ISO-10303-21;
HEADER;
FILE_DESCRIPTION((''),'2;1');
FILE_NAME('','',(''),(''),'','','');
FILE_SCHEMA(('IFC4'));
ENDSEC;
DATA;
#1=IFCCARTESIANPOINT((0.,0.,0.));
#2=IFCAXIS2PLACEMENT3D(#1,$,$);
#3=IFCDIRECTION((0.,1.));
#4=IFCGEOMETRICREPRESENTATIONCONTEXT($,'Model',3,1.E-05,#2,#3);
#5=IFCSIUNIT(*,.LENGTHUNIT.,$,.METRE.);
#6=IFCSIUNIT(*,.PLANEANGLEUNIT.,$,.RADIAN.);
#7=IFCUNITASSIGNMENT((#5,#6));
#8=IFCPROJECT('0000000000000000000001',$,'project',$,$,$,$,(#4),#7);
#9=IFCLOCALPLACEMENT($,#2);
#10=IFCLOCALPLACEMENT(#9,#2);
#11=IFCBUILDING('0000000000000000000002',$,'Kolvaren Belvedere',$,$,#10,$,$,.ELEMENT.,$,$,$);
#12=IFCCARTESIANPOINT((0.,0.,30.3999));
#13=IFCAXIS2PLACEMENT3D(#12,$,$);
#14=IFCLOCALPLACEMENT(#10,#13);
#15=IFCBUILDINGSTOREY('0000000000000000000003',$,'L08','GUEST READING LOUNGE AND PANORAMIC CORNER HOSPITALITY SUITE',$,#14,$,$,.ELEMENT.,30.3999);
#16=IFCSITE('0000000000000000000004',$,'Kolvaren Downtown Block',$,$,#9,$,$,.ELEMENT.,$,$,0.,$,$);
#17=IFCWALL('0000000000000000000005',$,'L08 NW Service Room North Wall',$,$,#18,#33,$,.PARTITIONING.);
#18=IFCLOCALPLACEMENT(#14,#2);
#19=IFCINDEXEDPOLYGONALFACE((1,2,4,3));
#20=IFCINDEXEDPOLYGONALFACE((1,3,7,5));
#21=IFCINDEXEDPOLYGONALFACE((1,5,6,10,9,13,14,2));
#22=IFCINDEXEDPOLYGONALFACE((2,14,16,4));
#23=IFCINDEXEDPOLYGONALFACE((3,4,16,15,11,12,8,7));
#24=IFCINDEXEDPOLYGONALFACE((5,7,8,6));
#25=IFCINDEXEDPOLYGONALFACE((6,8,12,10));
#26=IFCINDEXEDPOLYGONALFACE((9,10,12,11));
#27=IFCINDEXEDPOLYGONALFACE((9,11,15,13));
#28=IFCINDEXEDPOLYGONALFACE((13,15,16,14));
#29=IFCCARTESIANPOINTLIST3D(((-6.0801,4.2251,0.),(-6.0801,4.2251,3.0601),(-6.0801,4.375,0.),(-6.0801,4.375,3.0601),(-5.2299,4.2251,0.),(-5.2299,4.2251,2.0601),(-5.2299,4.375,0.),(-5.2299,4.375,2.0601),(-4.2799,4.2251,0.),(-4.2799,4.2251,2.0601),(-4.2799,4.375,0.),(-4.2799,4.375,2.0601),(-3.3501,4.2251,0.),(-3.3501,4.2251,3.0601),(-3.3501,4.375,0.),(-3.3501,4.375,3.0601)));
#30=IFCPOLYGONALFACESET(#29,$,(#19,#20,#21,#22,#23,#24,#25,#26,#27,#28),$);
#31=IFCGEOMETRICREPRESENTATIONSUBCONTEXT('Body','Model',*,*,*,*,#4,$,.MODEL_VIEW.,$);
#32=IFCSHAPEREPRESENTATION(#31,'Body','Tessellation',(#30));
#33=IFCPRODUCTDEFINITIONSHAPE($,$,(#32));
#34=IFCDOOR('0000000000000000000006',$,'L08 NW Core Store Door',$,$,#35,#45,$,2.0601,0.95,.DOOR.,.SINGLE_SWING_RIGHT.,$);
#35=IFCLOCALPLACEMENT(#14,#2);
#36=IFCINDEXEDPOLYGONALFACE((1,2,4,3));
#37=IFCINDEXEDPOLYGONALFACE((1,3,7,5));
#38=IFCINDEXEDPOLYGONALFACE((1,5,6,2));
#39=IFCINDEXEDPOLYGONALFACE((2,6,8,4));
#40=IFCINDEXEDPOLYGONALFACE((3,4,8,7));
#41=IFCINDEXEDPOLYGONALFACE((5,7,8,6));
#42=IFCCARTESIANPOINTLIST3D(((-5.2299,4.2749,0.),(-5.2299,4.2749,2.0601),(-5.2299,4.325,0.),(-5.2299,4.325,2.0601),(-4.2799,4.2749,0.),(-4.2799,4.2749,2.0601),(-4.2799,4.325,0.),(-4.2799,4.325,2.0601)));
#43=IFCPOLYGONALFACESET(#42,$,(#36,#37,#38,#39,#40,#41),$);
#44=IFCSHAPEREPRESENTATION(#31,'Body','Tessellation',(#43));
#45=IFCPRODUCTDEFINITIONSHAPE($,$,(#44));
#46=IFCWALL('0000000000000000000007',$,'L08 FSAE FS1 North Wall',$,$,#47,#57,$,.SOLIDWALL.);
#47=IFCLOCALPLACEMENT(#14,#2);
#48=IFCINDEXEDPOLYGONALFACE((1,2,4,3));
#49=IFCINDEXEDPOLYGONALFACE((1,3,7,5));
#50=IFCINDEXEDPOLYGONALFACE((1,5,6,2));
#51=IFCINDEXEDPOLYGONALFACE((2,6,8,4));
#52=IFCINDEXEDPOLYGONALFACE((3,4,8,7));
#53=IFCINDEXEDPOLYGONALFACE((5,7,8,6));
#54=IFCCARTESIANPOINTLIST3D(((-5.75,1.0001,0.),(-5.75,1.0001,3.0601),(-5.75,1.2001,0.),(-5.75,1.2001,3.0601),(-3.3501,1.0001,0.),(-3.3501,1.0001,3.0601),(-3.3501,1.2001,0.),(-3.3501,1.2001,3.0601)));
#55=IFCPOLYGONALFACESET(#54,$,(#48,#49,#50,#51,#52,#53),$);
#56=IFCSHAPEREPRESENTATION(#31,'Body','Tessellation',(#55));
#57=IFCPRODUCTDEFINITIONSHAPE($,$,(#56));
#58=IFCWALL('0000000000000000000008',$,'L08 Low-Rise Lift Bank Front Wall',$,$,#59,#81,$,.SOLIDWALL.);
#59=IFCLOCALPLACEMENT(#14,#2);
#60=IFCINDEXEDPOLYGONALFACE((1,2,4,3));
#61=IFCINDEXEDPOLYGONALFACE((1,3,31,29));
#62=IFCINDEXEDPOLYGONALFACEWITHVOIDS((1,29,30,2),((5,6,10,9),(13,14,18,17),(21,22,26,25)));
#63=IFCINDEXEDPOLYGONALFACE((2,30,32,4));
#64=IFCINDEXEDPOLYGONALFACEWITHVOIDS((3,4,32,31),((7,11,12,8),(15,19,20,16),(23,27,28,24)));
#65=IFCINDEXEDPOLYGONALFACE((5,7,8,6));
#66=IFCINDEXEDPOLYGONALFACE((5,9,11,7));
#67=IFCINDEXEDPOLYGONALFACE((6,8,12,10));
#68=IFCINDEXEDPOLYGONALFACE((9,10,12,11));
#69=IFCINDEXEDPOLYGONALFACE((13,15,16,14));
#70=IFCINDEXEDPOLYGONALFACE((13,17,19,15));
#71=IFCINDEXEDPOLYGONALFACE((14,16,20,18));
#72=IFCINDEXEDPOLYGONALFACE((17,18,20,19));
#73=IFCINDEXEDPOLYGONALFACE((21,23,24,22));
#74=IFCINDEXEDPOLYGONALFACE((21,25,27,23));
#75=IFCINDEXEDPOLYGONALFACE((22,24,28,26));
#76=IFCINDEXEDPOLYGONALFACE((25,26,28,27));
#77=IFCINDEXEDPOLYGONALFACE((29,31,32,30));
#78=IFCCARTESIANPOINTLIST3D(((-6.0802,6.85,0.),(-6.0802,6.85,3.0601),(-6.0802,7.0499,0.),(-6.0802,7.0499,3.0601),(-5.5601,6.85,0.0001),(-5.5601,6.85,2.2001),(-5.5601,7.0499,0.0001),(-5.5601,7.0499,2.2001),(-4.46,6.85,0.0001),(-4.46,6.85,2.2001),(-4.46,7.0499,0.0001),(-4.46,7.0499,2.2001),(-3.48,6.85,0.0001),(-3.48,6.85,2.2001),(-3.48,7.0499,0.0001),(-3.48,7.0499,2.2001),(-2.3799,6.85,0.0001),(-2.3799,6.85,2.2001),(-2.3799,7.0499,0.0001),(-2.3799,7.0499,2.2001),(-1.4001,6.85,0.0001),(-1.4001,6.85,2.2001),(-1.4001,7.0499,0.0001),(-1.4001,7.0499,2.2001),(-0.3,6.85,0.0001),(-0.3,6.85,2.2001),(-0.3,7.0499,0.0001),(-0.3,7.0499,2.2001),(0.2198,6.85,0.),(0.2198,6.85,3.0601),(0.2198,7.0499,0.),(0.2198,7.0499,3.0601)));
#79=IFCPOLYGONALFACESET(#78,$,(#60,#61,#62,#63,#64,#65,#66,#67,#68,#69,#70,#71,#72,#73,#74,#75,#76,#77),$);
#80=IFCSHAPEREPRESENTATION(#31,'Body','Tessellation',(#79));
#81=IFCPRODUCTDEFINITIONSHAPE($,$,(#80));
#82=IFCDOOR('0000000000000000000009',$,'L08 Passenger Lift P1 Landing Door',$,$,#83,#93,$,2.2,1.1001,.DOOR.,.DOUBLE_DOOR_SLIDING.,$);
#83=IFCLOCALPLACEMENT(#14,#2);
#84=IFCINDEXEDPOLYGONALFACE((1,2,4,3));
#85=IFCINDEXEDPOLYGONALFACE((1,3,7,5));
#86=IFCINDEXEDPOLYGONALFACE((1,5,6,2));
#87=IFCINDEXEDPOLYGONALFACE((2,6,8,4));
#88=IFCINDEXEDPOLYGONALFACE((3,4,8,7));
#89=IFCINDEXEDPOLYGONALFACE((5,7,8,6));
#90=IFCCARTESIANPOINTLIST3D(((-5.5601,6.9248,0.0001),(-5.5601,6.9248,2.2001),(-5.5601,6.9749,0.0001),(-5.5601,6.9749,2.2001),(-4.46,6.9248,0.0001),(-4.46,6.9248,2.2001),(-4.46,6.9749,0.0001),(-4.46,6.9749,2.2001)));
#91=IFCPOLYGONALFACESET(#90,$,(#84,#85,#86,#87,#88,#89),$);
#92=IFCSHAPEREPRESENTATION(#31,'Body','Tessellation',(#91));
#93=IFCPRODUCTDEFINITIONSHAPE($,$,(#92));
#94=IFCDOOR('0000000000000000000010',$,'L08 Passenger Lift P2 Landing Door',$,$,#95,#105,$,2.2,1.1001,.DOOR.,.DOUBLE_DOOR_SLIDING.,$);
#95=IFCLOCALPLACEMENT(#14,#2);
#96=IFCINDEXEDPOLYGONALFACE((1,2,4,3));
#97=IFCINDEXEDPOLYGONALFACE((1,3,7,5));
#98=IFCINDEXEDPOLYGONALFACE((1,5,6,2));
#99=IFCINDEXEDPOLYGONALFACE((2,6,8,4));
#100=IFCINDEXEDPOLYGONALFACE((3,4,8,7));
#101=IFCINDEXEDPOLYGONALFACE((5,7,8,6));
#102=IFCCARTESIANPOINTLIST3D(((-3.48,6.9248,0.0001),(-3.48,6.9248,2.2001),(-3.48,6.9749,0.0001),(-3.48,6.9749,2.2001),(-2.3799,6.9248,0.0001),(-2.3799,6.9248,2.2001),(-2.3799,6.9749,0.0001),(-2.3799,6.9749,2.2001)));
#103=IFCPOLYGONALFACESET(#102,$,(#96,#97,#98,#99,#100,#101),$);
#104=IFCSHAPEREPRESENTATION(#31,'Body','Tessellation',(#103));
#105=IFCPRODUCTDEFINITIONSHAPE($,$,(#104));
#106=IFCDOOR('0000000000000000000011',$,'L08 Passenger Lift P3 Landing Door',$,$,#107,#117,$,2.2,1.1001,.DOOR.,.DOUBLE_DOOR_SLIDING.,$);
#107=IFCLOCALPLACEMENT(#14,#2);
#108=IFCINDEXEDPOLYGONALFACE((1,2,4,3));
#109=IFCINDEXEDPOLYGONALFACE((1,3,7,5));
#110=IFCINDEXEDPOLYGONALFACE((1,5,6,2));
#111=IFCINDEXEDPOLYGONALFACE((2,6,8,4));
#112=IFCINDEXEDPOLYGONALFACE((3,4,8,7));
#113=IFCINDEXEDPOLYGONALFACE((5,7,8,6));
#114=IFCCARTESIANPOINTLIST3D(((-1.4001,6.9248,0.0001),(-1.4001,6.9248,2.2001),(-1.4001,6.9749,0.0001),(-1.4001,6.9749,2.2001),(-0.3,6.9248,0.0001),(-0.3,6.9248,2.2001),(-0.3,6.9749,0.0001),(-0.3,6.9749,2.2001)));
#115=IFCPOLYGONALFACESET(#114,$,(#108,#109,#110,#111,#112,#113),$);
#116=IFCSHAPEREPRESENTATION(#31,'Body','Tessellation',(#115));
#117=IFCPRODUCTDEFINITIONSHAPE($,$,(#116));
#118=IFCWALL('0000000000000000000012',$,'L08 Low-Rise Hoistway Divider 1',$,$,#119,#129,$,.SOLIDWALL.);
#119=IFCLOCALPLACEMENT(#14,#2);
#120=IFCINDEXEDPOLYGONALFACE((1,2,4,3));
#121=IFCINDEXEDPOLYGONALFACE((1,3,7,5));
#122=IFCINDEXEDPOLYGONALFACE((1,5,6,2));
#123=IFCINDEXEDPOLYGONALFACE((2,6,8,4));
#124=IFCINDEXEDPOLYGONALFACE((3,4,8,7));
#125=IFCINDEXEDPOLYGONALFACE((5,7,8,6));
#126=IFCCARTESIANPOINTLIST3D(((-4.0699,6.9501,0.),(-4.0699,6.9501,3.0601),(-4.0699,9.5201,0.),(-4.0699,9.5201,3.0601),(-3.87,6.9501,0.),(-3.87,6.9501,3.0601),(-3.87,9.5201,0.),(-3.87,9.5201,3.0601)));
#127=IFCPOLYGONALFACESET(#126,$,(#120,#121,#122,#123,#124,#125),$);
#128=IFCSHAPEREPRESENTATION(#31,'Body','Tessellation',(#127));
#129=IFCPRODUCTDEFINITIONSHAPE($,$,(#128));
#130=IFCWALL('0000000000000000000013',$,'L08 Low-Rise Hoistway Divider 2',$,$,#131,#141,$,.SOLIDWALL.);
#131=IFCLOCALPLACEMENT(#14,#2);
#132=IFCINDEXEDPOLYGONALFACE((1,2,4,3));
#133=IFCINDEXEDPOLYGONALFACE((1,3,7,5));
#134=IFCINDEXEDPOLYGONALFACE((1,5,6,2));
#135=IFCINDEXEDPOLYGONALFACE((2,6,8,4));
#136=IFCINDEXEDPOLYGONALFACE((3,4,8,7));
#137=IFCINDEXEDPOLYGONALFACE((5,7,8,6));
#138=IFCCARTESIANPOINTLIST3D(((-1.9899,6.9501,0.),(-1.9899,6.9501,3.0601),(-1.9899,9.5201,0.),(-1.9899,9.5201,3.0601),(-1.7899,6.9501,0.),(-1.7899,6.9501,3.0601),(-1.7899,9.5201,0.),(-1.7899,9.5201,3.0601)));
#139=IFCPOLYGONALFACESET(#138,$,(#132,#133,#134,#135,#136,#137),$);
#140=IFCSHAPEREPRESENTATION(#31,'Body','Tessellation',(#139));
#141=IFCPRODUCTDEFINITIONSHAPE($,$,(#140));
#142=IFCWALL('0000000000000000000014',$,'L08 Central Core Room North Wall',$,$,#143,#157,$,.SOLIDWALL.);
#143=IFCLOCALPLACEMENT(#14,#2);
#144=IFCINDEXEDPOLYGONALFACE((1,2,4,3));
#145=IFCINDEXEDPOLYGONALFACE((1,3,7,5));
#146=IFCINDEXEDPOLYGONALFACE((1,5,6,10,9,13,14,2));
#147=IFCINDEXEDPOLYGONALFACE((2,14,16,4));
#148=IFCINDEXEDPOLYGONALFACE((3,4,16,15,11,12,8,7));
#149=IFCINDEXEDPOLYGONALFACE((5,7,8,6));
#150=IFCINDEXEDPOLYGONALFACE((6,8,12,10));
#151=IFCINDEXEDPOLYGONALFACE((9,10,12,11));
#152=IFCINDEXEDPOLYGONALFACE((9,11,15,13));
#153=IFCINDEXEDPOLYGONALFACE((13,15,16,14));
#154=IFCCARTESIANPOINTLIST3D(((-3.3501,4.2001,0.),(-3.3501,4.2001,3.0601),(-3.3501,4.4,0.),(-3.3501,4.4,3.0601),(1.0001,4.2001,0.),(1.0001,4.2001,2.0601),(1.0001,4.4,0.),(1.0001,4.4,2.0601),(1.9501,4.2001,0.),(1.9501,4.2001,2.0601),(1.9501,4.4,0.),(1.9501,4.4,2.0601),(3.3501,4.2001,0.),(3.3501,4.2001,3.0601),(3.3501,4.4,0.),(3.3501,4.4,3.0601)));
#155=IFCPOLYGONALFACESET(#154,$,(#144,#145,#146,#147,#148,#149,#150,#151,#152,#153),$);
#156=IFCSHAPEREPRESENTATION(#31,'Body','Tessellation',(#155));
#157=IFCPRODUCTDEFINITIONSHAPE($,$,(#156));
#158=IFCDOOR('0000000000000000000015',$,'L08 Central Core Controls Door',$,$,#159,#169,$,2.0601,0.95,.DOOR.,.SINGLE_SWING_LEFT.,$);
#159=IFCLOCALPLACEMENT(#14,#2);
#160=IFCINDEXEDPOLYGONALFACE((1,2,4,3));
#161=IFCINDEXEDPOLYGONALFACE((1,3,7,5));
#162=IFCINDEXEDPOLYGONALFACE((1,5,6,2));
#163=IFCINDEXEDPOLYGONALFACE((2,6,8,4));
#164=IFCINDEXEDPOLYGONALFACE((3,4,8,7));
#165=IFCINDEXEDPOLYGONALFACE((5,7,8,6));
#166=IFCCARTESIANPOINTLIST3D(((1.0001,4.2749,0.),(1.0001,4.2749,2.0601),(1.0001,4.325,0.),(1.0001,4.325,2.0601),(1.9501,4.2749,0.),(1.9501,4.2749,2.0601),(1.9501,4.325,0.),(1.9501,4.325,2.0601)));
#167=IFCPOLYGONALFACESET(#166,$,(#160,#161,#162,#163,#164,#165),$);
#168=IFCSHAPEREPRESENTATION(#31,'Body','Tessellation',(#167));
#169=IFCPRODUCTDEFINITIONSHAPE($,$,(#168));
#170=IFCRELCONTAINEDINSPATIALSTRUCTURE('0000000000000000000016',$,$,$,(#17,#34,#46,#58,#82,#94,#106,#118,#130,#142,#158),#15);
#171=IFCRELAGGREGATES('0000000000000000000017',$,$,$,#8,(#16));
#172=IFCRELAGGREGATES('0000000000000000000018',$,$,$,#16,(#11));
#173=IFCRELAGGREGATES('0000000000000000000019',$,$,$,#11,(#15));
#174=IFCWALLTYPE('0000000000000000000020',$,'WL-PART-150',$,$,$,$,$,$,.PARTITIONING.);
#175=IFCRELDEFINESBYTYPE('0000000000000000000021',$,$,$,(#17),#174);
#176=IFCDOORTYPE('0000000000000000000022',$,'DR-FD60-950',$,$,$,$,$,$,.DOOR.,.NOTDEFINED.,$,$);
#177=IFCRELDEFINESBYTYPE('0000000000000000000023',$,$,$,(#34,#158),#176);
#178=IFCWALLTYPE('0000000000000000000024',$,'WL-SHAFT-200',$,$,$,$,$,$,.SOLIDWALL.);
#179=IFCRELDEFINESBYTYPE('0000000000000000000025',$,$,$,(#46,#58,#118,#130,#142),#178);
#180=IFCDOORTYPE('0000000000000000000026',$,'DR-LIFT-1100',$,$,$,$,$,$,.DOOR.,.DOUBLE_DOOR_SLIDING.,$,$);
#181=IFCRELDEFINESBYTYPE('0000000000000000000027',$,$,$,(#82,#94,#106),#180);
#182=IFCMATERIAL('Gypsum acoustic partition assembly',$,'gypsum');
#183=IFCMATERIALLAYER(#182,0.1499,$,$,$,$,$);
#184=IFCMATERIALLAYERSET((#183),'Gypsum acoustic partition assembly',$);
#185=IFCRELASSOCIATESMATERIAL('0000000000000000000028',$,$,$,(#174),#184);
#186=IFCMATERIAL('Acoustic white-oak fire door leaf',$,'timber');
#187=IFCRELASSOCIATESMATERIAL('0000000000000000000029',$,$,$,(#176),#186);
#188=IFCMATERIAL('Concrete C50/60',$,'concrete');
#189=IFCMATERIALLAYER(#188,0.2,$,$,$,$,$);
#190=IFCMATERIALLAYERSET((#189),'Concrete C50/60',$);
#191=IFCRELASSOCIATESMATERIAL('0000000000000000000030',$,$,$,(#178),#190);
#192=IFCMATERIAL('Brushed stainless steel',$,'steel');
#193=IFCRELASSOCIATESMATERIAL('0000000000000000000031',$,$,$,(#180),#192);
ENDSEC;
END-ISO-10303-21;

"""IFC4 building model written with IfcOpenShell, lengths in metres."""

from ifc_helpers import new_model, si_unit, direction, frame, frame_2d, origin, place, context, subcontext, project, spatial, rectangle, extrude, material, layer, layer_set, type_object, element, fill, save


model = new_model("IFC4")

# Units and contexts
model_context = context("Model", 3, precision=1e-05, world=origin(), true_north=direction((0.0, 1.0)))
body_context = subcontext(model_context, "Body", "Model", "MODEL_VIEW")
ifc_project = project(units=[si_unit("LENGTHUNIT", "METRE"), si_unit("PLANEANGLEUNIT", "RADIAN")], contexts=[model_context])

# Site, building, storey
site_placement = place(None, origin())
site = spatial("IfcSite", under=ifc_project, at=site_placement, Name="Kolvaren Downtown Block", CompositionType="ELEMENT", RefElevation=0.0)
building_placement = place(site_placement, origin())
building = spatial("IfcBuilding", under=site, at=building_placement, Name="Kolvaren Belvedere", CompositionType="ELEMENT")
storey_placement = place(building_placement, frame((0.0, 0.0, 30.3999)))
storey = spatial("IfcBuildingStorey", under=building, at=storey_placement, Name="L08", Description="GUEST READING LOUNGE AND PANORAMIC CORNER HOSPITALITY SUITE", CompositionType="ELEMENT", Elevation=30.3999)

# Wall, opening, door
ifc_material_1 = material(Name="Gypsum acoustic partition assembly", Category="gypsum")
ifc_layer_1 = layer(ifc_material_1, 0.1499)
ifc_layer_set_1 = layer_set([ifc_layer_1], Name="Gypsum acoustic partition assembly")
wall_type_1 = type_object("IfcWallType", Name="WL-PART-150", PredefinedType="PARTITIONING", material=ifc_layer_set_1)
wall_1_placement = place(storey_placement, frame((-6.0801, 4.3, 0.0), z_axis=(0.0, 0.0, 1.0), x_axis=(1.0, 0.0, 0.0)))
wall_1 = element("IfcWall", 1, at=wall_1_placement, inside=storey, type_object=wall_type_1, Name="L08 NW Service Room North Wall", PredefinedType="PARTITIONING", context=body_context, shape_type="SweptSolid", body=[
    extrude(rectangle(XDim=2.73, YDim=0.1499, at=frame_2d((1.365, 0.0))), origin(), (0.0, 0.0, 1.0), 3.0601),
])
opening_1_placement = place(wall_1_placement, frame((0.8501, 0.0, 0.0)))
opening_1 = element("IfcOpeningElement", 2, at=opening_1_placement, cuts=wall_1, PredefinedType="OPENING", context=body_context, shape_type="SweptSolid", body=[
    extrude(rectangle(XDim=0.95, YDim=2.0601, at=frame_2d((0.4751, 1.03))), frame((0.0, 0.085, 0.0), z_axis=(0.0, -1.0, 0.0), x_axis=(1.0, 0.0, 0.0)), (0.0, 0.0, 1.0), 0.1699),
])
ifc_material_2 = material(Name="Acoustic white-oak fire door leaf", Category="timber")
door_type_1 = type_object("IfcDoorType", Name="DR-FD60-950", OperationType="NOTDEFINED", PredefinedType="DOOR", material=ifc_material_2)
door_1_placement = place(opening_1_placement, origin())
door_1 = element("IfcDoor", 3, at=door_1_placement, inside=storey, type_object=door_type_1, Name="L08 NW Core Store Door", OperationType="SINGLE_SWING_RIGHT", OverallHeight=2.0601, OverallWidth=0.95, PredefinedType="DOOR", context=body_context, shape_type="SweptSolid", body=[
    extrude(rectangle(XDim=0.95, YDim=2.0601, at=frame_2d((0.4751, 1.03))), frame((0.0, 0.0249, 0.0), z_axis=(0.0, -1.0, 0.0), x_axis=(1.0, 0.0, 0.0)), (0.0, 0.0, 1.0), 0.05),
])
fill(opening_1, door_1)

# Wall
ifc_material_3 = material(Name="Concrete C50/60", Category="concrete")
ifc_layer_2 = layer(ifc_material_3, 0.2)
ifc_layer_set_2 = layer_set([ifc_layer_2], Name="Concrete C50/60")
wall_type_2 = type_object("IfcWallType", Name="WL-SHAFT-200", PredefinedType="SOLIDWALL", material=ifc_layer_set_2)
wall_2_placement = place(storey_placement, frame((-5.75, 1.1001, 0.0), z_axis=(0.0, 0.0, 1.0), x_axis=(1.0, 0.0, 0.0)))
element("IfcWall", 4, at=wall_2_placement, inside=storey, type_object=wall_type_2, Name="L08 FSAE FS1 North Wall", PredefinedType="SOLIDWALL", context=body_context, shape_type="SweptSolid", body=[
    extrude(rectangle(XDim=2.3999, YDim=0.2, at=frame_2d((1.2, 0.0))), origin(), (0.0, 0.0, 1.0), 3.0601),
])

# Wall, openings, doors
wall_3_placement = place(storey_placement, frame((-6.0801, 6.95, 0.0), z_axis=(0.0, 0.0, 1.0), x_axis=(1.0, 0.0, 0.0)))
wall_3 = element("IfcWall", 5, at=wall_3_placement, inside=storey, type_object=wall_type_2, Name="L08 Low-Rise Lift Bank Front Wall", PredefinedType="SOLIDWALL", context=body_context, shape_type="SweptSolid", body=[
    extrude(rectangle(XDim=6.3, YDim=0.2, at=frame_2d((3.1499, 0.0))), origin(), (0.0, 0.0, 1.0), 3.0601),
])
opening_2_placement = place(wall_3_placement, frame((0.52, 0.0, 0.0)))
opening_2 = element("IfcOpeningElement", 6, at=opening_2_placement, cuts=wall_3, PredefinedType="OPENING", context=body_context, shape_type="SweptSolid", body=[
    extrude(rectangle(XDim=1.1001, YDim=2.2, at=frame_2d((0.55, 1.1001))), frame((0.0, 0.1099, 0.0), z_axis=(0.0, -1.0, 0.0), x_axis=(1.0, 0.0, 0.0)), (0.0, 0.0, 1.0), 0.22),
])
opening_3_placement = place(wall_3_placement, frame((2.6001, 0.0, 0.0)))
opening_3 = element("IfcOpeningElement", 7, at=opening_3_placement, cuts=wall_3, PredefinedType="OPENING", context=body_context, shape_type="SweptSolid", body=[
    extrude(rectangle(XDim=1.1001, YDim=2.2, at=frame_2d((0.55, 1.1001))), frame((0.0, 0.1099, 0.0), z_axis=(0.0, -1.0, 0.0), x_axis=(1.0, 0.0, 0.0)), (0.0, 0.0, 1.0), 0.22),
])
opening_4_placement = place(wall_3_placement, frame((4.6799, 0.0, 0.0)))
opening_4 = element("IfcOpeningElement", 8, at=opening_4_placement, cuts=wall_3, PredefinedType="OPENING", context=body_context, shape_type="SweptSolid", body=[
    extrude(rectangle(XDim=1.1001, YDim=2.2, at=frame_2d((0.55, 1.1001))), frame((0.0, 0.1099, 0.0), z_axis=(0.0, -1.0, 0.0), x_axis=(1.0, 0.0, 0.0)), (0.0, 0.0, 1.0), 0.22),
])
ifc_material_4 = material(Name="Brushed stainless steel", Category="steel")
door_type_2 = type_object("IfcDoorType", Name="DR-LIFT-1100", OperationType="DOUBLE_DOOR_SLIDING", PredefinedType="DOOR", material=ifc_material_4)
door_2_placement = place(opening_2_placement, origin())
door_2 = element("IfcDoor", 9, at=door_2_placement, inside=storey, type_object=door_type_2, Name="L08 Passenger Lift P1 Landing Door", OperationType="DOUBLE_DOOR_SLIDING", OverallHeight=2.2, OverallWidth=1.1001, PredefinedType="DOOR", context=body_context, shape_type="SweptSolid", body=[
    extrude(rectangle(XDim=1.1001, YDim=2.2, at=frame_2d((0.55, 1.1001))), frame((0.0, 0.0249, 0.0), z_axis=(0.0, -1.0, 0.0), x_axis=(1.0, 0.0, 0.0)), (0.0, 0.0, 1.0), 0.05),
])
fill(opening_2, door_2)
door_3_placement = place(opening_3_placement, origin())
door_3 = element("IfcDoor", 10, at=door_3_placement, inside=storey, type_object=door_type_2, Name="L08 Passenger Lift P2 Landing Door", OperationType="DOUBLE_DOOR_SLIDING", OverallHeight=2.2, OverallWidth=1.1001, PredefinedType="DOOR", context=body_context, shape_type="SweptSolid", body=[
    extrude(rectangle(XDim=1.1001, YDim=2.2, at=frame_2d((0.55, 1.1001))), frame((0.0, 0.0249, 0.0), z_axis=(0.0, -1.0, 0.0), x_axis=(1.0, 0.0, 0.0)), (0.0, 0.0, 1.0), 0.05),
])
fill(opening_3, door_3)
door_4_placement = place(opening_4_placement, origin())
door_4 = element("IfcDoor", 11, at=door_4_placement, inside=storey, type_object=door_type_2, Name="L08 Passenger Lift P3 Landing Door", OperationType="DOUBLE_DOOR_SLIDING", OverallHeight=2.2, OverallWidth=1.1001, PredefinedType="DOOR", context=body_context, shape_type="SweptSolid", body=[
    extrude(rectangle(XDim=1.1001, YDim=2.2, at=frame_2d((0.55, 1.1001))), frame((0.0, 0.0249, 0.0), z_axis=(0.0, -1.0, 0.0), x_axis=(1.0, 0.0, 0.0)), (0.0, 0.0, 1.0), 0.05),
])
fill(opening_4, door_4)

# Walls
for number, where, z_axis, x_axis, name in (
    (12, (-3.97, 6.95, 0.0), (0.0, 0.0, 1.0), (0.0, 1.0, 0.0), "L08 Low-Rise Hoistway Divider 1"),
    (13, (-1.8899, 6.95, 0.0), (0.0, 0.0, 1.0), (0.0, 1.0, 0.0), "L08 Low-Rise Hoistway Divider 2"),
):
    element("IfcWall", number, at=place(storey_placement, frame(where, z_axis=z_axis, x_axis=x_axis)), inside=storey, type_object=wall_type_2, Name=name, PredefinedType="SOLIDWALL", context=body_context, shape_type="SweptSolid", body=[
        extrude(rectangle(XDim=2.5701, YDim=0.2, at=frame_2d((1.2852, 0.0))), origin(), (0.0, 0.0, 1.0), 3.0601),
    ])

# Wall, opening, door
wall_4_placement = place(storey_placement, frame((-3.3501, 4.3, 0.0), z_axis=(0.0, 0.0, 1.0), x_axis=(1.0, 0.0, 0.0)))
wall_4 = element("IfcWall", 14, at=wall_4_placement, inside=storey, type_object=wall_type_2, Name="L08 Central Core Room North Wall", PredefinedType="SOLIDWALL", context=body_context, shape_type="SweptSolid", body=[
    extrude(rectangle(XDim=6.7002, YDim=0.2, at=frame_2d((3.3501, 0.0))), origin(), (0.0, 0.0, 1.0), 3.0601),
])
opening_5_placement = place(wall_4_placement, frame((4.3501, 0.0, 0.0)))
opening_5 = element("IfcOpeningElement", 15, at=opening_5_placement, cuts=wall_4, PredefinedType="OPENING", context=body_context, shape_type="SweptSolid", body=[
    extrude(rectangle(XDim=0.95, YDim=2.0601, at=frame_2d((0.4751, 1.03))), frame((0.0, 0.1099, 0.0), z_axis=(0.0, -1.0, 0.0), x_axis=(1.0, 0.0, 0.0)), (0.0, 0.0, 1.0), 0.22),
])
door_5_placement = place(opening_5_placement, origin())
door_5 = element("IfcDoor", 16, at=door_5_placement, inside=storey, type_object=door_type_1, Name="L08 Central Core Controls Door", OperationType="SINGLE_SWING_LEFT", OverallHeight=2.0601, OverallWidth=0.95, PredefinedType="DOOR", context=body_context, shape_type="SweptSolid", body=[
    extrude(rectangle(XDim=0.95, YDim=2.0601, at=frame_2d((0.4751, 1.03))), frame((0.0, 0.0249, 0.0), z_axis=(0.0, -1.0, 0.0), x_axis=(1.0, 0.0, 0.0)), (0.0, 0.0, 1.0), 0.05),
])
fill(opening_5, door_5)

save(model, "model.ifc")
